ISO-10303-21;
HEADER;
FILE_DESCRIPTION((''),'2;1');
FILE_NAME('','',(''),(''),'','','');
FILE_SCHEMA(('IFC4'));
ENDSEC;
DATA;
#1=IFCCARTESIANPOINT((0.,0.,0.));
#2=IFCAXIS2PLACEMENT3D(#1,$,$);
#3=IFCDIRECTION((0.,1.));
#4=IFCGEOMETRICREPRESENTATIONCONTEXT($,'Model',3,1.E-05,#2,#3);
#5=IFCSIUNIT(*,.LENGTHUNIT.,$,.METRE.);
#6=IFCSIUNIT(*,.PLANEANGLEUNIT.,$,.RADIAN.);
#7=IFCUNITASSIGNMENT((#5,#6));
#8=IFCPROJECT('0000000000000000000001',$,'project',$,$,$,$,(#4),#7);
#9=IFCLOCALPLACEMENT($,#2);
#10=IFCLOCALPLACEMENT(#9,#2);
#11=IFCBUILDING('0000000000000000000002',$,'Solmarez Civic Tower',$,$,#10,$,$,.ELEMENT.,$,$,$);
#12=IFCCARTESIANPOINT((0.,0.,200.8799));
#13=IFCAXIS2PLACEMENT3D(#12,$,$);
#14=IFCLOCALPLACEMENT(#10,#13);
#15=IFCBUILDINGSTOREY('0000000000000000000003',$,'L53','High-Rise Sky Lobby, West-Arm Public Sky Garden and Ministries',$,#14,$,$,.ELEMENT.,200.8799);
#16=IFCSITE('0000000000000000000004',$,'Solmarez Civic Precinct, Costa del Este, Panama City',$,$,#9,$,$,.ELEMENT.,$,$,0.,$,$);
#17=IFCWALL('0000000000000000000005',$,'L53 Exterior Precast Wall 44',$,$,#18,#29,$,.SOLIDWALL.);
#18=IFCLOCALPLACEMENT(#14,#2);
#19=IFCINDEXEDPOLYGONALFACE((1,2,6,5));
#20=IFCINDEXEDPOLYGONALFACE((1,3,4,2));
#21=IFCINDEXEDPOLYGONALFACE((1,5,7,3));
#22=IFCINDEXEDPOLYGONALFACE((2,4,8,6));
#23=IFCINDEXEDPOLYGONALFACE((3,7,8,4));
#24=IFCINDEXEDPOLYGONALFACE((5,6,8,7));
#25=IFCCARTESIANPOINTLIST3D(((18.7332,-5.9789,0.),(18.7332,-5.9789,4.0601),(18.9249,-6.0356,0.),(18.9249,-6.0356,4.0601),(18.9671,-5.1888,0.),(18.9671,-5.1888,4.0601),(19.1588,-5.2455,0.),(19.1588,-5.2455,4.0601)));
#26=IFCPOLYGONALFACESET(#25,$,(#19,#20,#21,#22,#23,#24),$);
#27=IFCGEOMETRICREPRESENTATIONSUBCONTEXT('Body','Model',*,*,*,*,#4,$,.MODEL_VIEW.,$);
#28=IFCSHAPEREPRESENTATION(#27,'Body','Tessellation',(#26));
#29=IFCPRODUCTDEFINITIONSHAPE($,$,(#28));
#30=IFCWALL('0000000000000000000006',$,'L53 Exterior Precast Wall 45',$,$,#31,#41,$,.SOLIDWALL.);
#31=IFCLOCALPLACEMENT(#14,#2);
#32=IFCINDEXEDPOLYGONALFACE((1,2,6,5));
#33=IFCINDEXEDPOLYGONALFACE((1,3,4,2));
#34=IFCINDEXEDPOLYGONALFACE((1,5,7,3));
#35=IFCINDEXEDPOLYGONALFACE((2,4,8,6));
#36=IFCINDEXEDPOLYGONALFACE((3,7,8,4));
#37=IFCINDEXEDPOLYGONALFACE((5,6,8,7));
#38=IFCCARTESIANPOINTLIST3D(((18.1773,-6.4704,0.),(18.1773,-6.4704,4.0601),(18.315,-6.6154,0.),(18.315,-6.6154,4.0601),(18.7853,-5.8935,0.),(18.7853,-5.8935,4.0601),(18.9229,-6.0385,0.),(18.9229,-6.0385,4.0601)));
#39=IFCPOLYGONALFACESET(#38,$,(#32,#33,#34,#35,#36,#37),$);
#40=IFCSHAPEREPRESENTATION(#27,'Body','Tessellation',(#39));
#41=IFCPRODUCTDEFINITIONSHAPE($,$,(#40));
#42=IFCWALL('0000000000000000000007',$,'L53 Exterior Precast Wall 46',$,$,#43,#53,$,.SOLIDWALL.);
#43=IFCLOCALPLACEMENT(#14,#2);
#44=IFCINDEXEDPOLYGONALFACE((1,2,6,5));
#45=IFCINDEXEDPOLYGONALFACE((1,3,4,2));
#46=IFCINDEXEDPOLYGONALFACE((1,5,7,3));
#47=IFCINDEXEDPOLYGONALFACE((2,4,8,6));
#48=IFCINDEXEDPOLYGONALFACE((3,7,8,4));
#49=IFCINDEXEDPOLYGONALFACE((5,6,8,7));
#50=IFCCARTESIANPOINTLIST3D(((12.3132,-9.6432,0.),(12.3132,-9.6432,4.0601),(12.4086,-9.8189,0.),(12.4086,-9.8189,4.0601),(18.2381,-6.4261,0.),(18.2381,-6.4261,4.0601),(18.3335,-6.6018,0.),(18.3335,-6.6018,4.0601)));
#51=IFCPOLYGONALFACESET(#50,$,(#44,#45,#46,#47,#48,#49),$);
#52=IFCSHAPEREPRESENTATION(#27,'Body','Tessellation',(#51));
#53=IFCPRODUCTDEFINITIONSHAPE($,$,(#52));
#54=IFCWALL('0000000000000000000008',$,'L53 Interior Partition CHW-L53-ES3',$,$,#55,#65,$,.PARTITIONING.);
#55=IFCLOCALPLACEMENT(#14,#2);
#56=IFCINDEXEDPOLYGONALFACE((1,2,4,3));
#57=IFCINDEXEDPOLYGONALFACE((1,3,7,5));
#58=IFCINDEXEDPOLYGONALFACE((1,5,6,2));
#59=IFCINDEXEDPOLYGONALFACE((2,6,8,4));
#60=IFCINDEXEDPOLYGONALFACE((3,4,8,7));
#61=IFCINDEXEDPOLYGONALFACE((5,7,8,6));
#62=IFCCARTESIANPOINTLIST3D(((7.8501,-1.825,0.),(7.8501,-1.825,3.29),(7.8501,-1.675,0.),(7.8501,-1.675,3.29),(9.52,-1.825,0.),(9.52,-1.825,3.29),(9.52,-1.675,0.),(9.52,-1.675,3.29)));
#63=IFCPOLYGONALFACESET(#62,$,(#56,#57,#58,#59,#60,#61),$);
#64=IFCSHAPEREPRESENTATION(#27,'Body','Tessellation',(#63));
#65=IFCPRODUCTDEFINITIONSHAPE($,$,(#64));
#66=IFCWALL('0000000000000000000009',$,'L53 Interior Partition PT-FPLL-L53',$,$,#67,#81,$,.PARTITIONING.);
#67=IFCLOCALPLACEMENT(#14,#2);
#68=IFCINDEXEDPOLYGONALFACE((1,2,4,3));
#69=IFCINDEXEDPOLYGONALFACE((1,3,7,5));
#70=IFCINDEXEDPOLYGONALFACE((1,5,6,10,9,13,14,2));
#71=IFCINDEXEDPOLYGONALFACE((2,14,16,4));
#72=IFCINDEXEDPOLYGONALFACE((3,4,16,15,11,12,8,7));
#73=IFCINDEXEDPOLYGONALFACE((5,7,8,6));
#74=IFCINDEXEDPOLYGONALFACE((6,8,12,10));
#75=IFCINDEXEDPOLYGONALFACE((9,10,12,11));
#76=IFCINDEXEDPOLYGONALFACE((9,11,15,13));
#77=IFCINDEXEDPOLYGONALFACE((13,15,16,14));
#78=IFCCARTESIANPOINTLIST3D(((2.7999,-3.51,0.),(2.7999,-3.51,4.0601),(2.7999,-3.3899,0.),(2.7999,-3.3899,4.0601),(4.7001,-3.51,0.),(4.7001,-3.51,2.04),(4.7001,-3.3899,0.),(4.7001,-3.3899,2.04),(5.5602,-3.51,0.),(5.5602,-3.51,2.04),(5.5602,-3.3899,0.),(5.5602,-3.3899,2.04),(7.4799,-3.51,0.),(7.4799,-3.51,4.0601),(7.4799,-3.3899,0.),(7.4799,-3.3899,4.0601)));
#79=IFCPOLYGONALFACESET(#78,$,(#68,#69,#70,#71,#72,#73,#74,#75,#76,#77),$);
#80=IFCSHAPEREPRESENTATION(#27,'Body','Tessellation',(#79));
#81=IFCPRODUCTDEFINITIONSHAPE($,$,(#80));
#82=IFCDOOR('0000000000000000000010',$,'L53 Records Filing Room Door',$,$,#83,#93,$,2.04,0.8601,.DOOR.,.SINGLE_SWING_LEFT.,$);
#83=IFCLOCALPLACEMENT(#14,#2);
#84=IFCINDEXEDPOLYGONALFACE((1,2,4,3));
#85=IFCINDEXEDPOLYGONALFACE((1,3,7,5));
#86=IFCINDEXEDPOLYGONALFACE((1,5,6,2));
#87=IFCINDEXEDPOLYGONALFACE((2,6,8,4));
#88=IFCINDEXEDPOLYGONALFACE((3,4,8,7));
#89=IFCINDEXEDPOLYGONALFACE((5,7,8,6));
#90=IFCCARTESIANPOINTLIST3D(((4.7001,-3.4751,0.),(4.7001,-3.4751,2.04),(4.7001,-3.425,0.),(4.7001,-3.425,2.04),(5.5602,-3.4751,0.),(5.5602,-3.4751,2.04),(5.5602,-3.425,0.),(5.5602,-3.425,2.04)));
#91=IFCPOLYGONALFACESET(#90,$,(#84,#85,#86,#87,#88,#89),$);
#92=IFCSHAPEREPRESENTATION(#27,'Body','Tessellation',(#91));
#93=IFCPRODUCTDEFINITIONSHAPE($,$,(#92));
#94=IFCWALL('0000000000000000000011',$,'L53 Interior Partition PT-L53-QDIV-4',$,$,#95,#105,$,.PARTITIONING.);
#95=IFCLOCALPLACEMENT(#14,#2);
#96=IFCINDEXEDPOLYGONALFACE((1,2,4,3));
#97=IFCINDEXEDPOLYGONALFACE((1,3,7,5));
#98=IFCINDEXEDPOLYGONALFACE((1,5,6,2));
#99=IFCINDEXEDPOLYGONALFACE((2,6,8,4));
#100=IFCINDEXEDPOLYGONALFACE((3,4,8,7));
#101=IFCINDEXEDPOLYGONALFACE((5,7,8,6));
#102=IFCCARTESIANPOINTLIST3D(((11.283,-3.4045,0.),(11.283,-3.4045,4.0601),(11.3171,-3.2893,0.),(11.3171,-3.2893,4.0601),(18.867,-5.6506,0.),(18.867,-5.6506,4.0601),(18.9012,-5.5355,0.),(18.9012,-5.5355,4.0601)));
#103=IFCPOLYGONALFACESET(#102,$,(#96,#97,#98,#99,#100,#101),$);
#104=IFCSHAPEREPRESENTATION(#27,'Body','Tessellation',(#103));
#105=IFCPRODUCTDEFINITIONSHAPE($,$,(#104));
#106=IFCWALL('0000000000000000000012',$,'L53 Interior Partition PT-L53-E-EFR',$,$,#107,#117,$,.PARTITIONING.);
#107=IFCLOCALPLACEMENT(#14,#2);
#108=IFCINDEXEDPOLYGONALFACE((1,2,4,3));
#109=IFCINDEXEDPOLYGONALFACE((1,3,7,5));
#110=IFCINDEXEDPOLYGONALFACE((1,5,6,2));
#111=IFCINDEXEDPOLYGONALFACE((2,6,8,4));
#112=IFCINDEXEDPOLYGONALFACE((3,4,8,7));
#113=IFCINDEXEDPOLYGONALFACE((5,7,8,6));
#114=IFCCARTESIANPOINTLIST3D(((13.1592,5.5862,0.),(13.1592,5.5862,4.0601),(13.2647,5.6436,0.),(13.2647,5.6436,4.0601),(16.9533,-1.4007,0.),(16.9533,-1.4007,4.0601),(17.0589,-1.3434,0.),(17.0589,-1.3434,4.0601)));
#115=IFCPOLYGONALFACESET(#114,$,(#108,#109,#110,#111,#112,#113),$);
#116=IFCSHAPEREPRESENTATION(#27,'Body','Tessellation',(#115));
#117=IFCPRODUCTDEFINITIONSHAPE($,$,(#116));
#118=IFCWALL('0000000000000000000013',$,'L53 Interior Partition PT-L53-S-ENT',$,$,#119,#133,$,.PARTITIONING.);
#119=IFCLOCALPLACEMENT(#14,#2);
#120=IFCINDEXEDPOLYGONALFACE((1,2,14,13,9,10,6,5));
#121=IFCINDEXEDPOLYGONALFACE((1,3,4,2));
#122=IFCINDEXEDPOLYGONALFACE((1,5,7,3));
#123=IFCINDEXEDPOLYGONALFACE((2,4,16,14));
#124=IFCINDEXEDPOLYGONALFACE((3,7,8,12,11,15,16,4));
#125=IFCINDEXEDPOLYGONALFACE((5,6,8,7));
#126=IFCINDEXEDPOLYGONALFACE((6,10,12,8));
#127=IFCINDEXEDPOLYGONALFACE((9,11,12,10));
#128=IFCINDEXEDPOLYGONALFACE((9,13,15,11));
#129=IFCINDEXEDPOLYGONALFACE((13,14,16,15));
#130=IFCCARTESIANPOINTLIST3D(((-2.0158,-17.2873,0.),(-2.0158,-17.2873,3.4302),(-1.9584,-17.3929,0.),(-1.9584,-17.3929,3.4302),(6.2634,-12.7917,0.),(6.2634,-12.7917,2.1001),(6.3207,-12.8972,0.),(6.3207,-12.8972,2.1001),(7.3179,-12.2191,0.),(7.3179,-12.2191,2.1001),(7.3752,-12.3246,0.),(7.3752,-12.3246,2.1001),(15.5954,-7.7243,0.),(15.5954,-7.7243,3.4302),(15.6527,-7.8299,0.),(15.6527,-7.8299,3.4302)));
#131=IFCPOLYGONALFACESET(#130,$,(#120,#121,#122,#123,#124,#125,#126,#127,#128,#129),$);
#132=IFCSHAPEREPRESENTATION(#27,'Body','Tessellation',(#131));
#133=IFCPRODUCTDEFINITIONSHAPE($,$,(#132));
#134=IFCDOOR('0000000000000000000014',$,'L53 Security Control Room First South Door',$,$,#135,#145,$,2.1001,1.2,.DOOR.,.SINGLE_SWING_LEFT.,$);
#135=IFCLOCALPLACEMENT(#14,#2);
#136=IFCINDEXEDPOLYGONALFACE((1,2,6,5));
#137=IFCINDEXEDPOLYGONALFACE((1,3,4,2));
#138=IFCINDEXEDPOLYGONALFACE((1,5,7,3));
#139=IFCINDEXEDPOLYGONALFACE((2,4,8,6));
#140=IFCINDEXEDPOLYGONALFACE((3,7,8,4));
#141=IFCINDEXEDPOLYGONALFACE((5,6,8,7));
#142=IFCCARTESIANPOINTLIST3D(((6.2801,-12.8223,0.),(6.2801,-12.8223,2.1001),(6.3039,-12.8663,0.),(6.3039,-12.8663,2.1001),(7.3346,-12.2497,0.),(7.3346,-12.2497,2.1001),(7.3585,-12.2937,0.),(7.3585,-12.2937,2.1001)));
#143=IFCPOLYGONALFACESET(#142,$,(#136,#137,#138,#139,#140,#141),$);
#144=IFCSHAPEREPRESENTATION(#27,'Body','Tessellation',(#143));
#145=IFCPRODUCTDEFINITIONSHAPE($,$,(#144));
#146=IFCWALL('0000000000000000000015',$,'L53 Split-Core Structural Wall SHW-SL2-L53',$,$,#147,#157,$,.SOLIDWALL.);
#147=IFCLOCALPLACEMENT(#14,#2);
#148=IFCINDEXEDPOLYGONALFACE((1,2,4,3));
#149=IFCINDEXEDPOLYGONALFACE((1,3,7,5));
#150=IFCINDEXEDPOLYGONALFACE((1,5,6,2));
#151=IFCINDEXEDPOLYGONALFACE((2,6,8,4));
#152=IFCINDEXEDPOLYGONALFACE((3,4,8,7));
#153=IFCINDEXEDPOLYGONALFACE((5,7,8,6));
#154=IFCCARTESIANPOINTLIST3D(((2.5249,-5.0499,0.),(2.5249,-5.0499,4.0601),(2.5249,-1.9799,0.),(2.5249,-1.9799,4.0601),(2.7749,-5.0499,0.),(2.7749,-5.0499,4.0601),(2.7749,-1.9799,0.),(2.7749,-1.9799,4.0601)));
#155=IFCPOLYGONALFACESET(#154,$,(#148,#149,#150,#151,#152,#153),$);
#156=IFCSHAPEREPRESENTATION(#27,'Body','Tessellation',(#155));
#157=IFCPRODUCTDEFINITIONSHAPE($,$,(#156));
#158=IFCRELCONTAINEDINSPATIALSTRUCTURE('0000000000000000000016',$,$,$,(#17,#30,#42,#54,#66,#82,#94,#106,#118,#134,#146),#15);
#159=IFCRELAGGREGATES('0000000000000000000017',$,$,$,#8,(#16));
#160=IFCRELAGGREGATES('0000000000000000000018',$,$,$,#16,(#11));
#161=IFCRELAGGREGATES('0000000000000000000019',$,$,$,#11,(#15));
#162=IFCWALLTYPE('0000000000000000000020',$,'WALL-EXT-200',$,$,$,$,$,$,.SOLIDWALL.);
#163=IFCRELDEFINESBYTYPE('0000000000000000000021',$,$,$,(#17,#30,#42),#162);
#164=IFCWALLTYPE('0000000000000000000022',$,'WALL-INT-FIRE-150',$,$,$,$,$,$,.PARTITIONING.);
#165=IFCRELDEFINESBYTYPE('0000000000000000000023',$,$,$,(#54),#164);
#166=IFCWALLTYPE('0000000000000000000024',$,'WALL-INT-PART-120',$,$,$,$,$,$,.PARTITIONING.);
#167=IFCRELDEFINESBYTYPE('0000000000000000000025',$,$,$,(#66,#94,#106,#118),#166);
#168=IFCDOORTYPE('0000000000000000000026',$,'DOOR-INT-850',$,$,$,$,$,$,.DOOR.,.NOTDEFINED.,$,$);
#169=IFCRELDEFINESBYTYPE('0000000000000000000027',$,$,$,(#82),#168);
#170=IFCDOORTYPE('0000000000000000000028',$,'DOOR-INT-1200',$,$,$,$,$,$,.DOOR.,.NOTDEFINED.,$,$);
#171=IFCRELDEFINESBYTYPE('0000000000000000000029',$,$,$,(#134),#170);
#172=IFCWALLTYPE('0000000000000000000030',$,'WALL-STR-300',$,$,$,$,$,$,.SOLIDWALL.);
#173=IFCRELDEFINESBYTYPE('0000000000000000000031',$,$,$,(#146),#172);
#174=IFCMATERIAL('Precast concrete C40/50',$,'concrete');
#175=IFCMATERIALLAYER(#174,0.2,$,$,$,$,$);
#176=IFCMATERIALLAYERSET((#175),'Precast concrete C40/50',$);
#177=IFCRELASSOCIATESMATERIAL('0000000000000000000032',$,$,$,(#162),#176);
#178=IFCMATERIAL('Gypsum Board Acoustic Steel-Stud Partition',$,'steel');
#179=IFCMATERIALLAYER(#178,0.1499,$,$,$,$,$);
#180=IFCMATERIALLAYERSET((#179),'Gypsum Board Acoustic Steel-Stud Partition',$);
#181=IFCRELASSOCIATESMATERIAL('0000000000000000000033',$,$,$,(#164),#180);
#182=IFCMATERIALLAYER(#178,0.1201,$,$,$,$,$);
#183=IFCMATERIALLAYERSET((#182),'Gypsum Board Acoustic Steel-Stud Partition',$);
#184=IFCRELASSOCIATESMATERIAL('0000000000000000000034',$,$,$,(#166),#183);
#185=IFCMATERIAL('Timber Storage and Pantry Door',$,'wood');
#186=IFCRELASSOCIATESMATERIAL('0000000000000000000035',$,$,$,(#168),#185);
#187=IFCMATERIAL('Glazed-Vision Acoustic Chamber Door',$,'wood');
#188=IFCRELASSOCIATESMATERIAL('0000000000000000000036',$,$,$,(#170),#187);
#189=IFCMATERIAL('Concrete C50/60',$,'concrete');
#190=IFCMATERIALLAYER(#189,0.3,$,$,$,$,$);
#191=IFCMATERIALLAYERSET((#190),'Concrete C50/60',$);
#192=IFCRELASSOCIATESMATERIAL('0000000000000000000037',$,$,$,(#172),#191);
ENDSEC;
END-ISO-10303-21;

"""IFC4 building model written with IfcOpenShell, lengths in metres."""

from ifc_helpers import new_model, si_unit, direction, frame, frame_2d, origin, place, context, subcontext, project, spatial, rectangle, extrude, material, layer, layer_set, type_object, element, fill, save


model = new_model("IFC4")

# Units and contexts
model_context = context("Model", 3, precision=1e-05, world=origin(), true_north=direction((0.0, 1.0)))
body_context = subcontext(model_context, "Body", "Model", "MODEL_VIEW")
ifc_project = project(units=[si_unit("LENGTHUNIT", "METRE"), si_unit("PLANEANGLEUNIT", "RADIAN")], contexts=[model_context])

# Site, building, storey
site_placement = place(None, origin())
site = spatial("IfcSite", under=ifc_project, at=site_placement, Name="Solmarez Civic Precinct, Costa del Este, Panama City", CompositionType="ELEMENT", RefElevation=0.0)
building_placement = place(site_placement, origin())
building = spatial("IfcBuilding", under=site, at=building_placement, Name="Solmarez Civic Tower", CompositionType="ELEMENT")
storey_placement = place(building_placement, frame((0.0, 0.0, 200.8799)))
storey = spatial("IfcBuildingStorey", under=building, at=storey_placement, Name="L53", Description="High-Rise Sky Lobby, West-Arm Public Sky Garden and Ministries", CompositionType="ELEMENT", Elevation=200.8799)

# Shared definitions
ifc_material_1 = material(Name="Concrete C50/60", Category="concrete")

# Walls
ifc_material_2 = material(Name="Precast concrete C40/50", Category="concrete")
ifc_layer_1 = layer(ifc_material_2, 0.2)
ifc_layer_set_1 = layer_set([ifc_layer_1], Name="Precast concrete C40/50")
wall_type_1 = type_object("IfcWallType", Name="WALL-EXT-200", PredefinedType="SOLIDWALL", material=ifc_layer_set_1)
wall_1_placement = place(storey_placement, frame((19.063, -5.217, 0.0), z_axis=(0.0, 0.0, 1.0), x_axis=(-0.283866, -0.958864, 0.0)))
element("IfcWall", 1, at=wall_1_placement, inside=storey, type_object=wall_type_1, Name="L53 Exterior Precast Wall 44", PredefinedType="SOLIDWALL", context=body_context, shape_type="SweptSolid", body=[
    extrude(rectangle(XDim=0.824, YDim=0.2, at=frame_2d((0.4121, 0.0))), origin(), (0.0, 0.0, 1.0), 4.0601),
])
wall_2_placement = place(storey_placement, frame((18.854, -5.9661, 0.0), z_axis=(0.0, 0.0, 1.0), x_axis=(-0.725363, -0.688367, 0.0)))
element("IfcWall", 2, at=wall_2_placement, inside=storey, type_object=wall_type_1, Name="L53 Exterior Precast Wall 45", PredefinedType="SOLIDWALL", context=body_context, shape_type="SweptSolid", body=[
    extrude(rectangle(XDim=0.8381, YDim=0.2, at=frame_2d((0.4189, 0.0))), origin(), (0.0, 0.0, 1.0), 4.0601),
])
wall_3_placement = place(storey_placement, frame((18.2859, -6.5139, 0.0), z_axis=(0.0, 0.0, 1.0), x_axis=(-0.878809, -0.477174, 0.0)))
element("IfcWall", 3, at=wall_3_placement, inside=storey, type_object=wall_type_1, Name="L53 Exterior Precast Wall 46", PredefinedType="SOLIDWALL", context=body_context, shape_type="SweptSolid", body=[
    extrude(rectangle(XDim=6.7419, YDim=0.2, at=frame_2d((3.3711, 0.0))), origin(), (0.0, 0.0, 1.0), 4.0601),
])
ifc_material_3 = material(Name="Gypsum Board Acoustic Steel-Stud Partition", Category="steel")
ifc_layer_2 = layer(ifc_material_3, 0.1499)
ifc_layer_set_2 = layer_set([ifc_layer_2], Name="Gypsum Board Acoustic Steel-Stud Partition")
wall_type_2 = type_object("IfcWallType", Name="WALL-INT-FIRE-150", PredefinedType="PARTITIONING", material=ifc_layer_set_2)
wall_4_placement = place(storey_placement, frame((7.8501, -1.75, 0.0), z_axis=(0.0, 0.0, 1.0), x_axis=(1.0, 0.0, 0.0)))
element("IfcWall", 4, at=wall_4_placement, inside=storey, type_object=wall_type_2, Name="L53 Interior Partition CHW-L53-ES3", PredefinedType="PARTITIONING", context=body_context, shape_type="SweptSolid", body=[
    extrude(rectangle(XDim=1.6699, YDim=0.1499, at=frame_2d((0.835, 0.0))), origin(), (0.0, 0.0, 1.0), 3.29),
])

# Wall, opening, door
ifc_layer_3 = layer(ifc_material_3, 0.1201)
ifc_layer_set_3 = layer_set([ifc_layer_3], Name="Gypsum Board Acoustic Steel-Stud Partition")
wall_type_3 = type_object("IfcWallType", Name="WALL-INT-PART-120", PredefinedType="PARTITIONING", material=ifc_layer_set_3)
wall_5_placement = place(storey_placement, frame((2.8, -3.45, 0.0), z_axis=(0.0, 0.0, 1.0), x_axis=(1.0, 0.0, 0.0)))
wall_5 = element("IfcWall", 5, at=wall_5_placement, inside=storey, type_object=wall_type_3, Name="L53 Interior Partition PT-FPLL-L53", PredefinedType="PARTITIONING", context=body_context, shape_type="SweptSolid", body=[
    extrude(rectangle(XDim=4.6799, YDim=0.1201, at=frame_2d((2.3398, 0.0))), origin(), (0.0, 0.0, 1.0), 4.0601),
])
opening_1_placement = place(wall_5_placement, frame((1.8999, 0.0, 0.0)))
opening_1 = element("IfcOpeningElement", 6, at=opening_1_placement, cuts=wall_5, PredefinedType="OPENING", context=body_context, shape_type="SweptSolid", body=[
    extrude(rectangle(XDim=0.8601, YDim=2.04, at=frame_2d((0.4302, 1.02))), frame((0.0, 0.0701, 0.0), z_axis=(0.0, -1.0, 0.0), x_axis=(1.0, 0.0, 0.0)), (0.0, 0.0, 1.0), 0.1401),
])
ifc_material_4 = material(Name="Timber Storage and Pantry Door", Category="wood")
door_type_1 = type_object("IfcDoorType", Name="DOOR-INT-850", OperationType="NOTDEFINED", PredefinedType="DOOR", material=ifc_material_4)
door_1_placement = place(opening_1_placement, origin())
door_1 = element("IfcDoor", 7, at=door_1_placement, inside=storey, type_object=door_type_1, Name="L53 Records Filing Room Door", OperationType="SINGLE_SWING_LEFT", OverallHeight=2.04, OverallWidth=0.8601, PredefinedType="DOOR", context=body_context, shape_type="SweptSolid", body=[
    extrude(rectangle(XDim=0.8601, YDim=2.04, at=frame_2d((0.4302, 1.02))), frame((0.0, 0.0249, 0.0), z_axis=(0.0, -1.0, 0.0), x_axis=(1.0, 0.0, 0.0)), (0.0, 0.0, 1.0), 0.05),
])
fill(opening_1, door_1)

# Walls
wall_6_placement = place(storey_placement, frame((11.3, -3.3469, 0.0), z_axis=(0.0, 0.0, 1.0), x_axis=(0.958833, -0.283971, 0.0)))
element("IfcWall", 8, at=wall_6_placement, inside=storey, type_object=wall_type_3, Name="L53 Interior Partition PT-L53-QDIV-4", PredefinedType="PARTITIONING", context=body_context, shape_type="SweptSolid", body=[
    extrude(rectangle(XDim=7.9097, YDim=0.1201, at=frame_2d((3.9548, 0.0))), origin(), (0.0, 0.0, 1.0), 4.0601),
])
wall_7_placement = place(storey_placement, frame((17.0061, -1.3721, 0.0), z_axis=(0.0, 0.0, 1.0), x_axis=(-0.47721, 0.878789, 0.0)))
element("IfcWall", 9, at=wall_7_placement, inside=storey, type_object=wall_type_3, Name="L53 Interior Partition PT-L53-E-EFR", PredefinedType="PARTITIONING", context=body_context, shape_type="SweptSolid", body=[
    extrude(rectangle(XDim=7.9507, YDim=0.1201, at=frame_2d((3.9753, 0.0))), origin(), (0.0, 0.0, 1.0), 4.0601),
])

# Wall, opening, door
wall_8_placement = place(storey_placement, frame((15.624, -7.7771, 0.0), z_axis=(0.0, 0.0, 1.0), x_axis=(-0.878797, -0.477195, 0.0)))
wall_8 = element("IfcWall", 10, at=wall_8_placement, inside=storey, type_object=wall_type_3, Name="L53 Interior Partition PT-L53-S-ENT", PredefinedType="PARTITIONING", context=body_context, shape_type="SweptSolid", body=[
    extrude(rectangle(XDim=20.04, YDim=0.1201, at=frame_2d((10.02, 0.0))), origin(), (0.0, 0.0, 1.0), 3.4302),
])
opening_2_placement = place(wall_8_placement, frame((9.4189, 0.0, 0.0)))
opening_2 = element("IfcOpeningElement", 11, at=opening_2_placement, cuts=wall_8, PredefinedType="OPENING", context=body_context, shape_type="SweptSolid", body=[
    extrude(rectangle(XDim=1.2, YDim=2.1001, at=frame_2d((0.6001, 1.05))), frame((0.0, 0.0701, 0.0), z_axis=(0.0, -1.0, 0.0), x_axis=(1.0, 0.0, 0.0)), (0.0, 0.0, 1.0), 0.1401),
])
ifc_material_5 = material(Name="Glazed-Vision Acoustic Chamber Door", Category="wood")
door_type_2 = type_object("IfcDoorType", Name="DOOR-INT-1200", OperationType="NOTDEFINED", PredefinedType="DOOR", material=ifc_material_5)
door_2_placement = place(opening_2_placement, origin())
door_2 = element("IfcDoor", 12, at=door_2_placement, inside=storey, type_object=door_type_2, Name="L53 Security Control Room First South Door", OperationType="SINGLE_SWING_LEFT", OverallHeight=2.1001, OverallWidth=1.2, PredefinedType="DOOR", context=body_context, shape_type="SweptSolid", body=[
    extrude(rectangle(XDim=1.2, YDim=2.1001, at=frame_2d((0.6001, 1.05))), frame((0.0, 0.0249, 0.0), z_axis=(0.0, -1.0, 0.0), x_axis=(1.0, 0.0, 0.0)), (0.0, 0.0, 1.0), 0.05),
])
fill(opening_2, door_2)

# Wall
ifc_layer_4 = layer(ifc_material_1, 0.3)
ifc_layer_set_4 = layer_set([ifc_layer_4], Name="Concrete C50/60")
wall_type_4 = type_object("IfcWallType", Name="WALL-STR-300", PredefinedType="SOLIDWALL", material=ifc_layer_set_4)
wall_9_placement = place(storey_placement, frame((2.6499, -5.05, 0.0), z_axis=(0.0, 0.0, 1.0), x_axis=(0.0, 1.0, 0.0)))
element("IfcWall", 13, at=wall_9_placement, inside=storey, type_object=wall_type_4, Name="L53 Split-Core Structural Wall SHW-SL2-L53", PredefinedType="SOLIDWALL", context=body_context, shape_type="SweptSolid", body=[
    extrude(rectangle(XDim=3.0701, YDim=0.25, at=frame_2d((1.5352, 0.0))), origin(), (0.0, 0.0, 1.0), 4.0601),
])

save(model, "model.ifc")
